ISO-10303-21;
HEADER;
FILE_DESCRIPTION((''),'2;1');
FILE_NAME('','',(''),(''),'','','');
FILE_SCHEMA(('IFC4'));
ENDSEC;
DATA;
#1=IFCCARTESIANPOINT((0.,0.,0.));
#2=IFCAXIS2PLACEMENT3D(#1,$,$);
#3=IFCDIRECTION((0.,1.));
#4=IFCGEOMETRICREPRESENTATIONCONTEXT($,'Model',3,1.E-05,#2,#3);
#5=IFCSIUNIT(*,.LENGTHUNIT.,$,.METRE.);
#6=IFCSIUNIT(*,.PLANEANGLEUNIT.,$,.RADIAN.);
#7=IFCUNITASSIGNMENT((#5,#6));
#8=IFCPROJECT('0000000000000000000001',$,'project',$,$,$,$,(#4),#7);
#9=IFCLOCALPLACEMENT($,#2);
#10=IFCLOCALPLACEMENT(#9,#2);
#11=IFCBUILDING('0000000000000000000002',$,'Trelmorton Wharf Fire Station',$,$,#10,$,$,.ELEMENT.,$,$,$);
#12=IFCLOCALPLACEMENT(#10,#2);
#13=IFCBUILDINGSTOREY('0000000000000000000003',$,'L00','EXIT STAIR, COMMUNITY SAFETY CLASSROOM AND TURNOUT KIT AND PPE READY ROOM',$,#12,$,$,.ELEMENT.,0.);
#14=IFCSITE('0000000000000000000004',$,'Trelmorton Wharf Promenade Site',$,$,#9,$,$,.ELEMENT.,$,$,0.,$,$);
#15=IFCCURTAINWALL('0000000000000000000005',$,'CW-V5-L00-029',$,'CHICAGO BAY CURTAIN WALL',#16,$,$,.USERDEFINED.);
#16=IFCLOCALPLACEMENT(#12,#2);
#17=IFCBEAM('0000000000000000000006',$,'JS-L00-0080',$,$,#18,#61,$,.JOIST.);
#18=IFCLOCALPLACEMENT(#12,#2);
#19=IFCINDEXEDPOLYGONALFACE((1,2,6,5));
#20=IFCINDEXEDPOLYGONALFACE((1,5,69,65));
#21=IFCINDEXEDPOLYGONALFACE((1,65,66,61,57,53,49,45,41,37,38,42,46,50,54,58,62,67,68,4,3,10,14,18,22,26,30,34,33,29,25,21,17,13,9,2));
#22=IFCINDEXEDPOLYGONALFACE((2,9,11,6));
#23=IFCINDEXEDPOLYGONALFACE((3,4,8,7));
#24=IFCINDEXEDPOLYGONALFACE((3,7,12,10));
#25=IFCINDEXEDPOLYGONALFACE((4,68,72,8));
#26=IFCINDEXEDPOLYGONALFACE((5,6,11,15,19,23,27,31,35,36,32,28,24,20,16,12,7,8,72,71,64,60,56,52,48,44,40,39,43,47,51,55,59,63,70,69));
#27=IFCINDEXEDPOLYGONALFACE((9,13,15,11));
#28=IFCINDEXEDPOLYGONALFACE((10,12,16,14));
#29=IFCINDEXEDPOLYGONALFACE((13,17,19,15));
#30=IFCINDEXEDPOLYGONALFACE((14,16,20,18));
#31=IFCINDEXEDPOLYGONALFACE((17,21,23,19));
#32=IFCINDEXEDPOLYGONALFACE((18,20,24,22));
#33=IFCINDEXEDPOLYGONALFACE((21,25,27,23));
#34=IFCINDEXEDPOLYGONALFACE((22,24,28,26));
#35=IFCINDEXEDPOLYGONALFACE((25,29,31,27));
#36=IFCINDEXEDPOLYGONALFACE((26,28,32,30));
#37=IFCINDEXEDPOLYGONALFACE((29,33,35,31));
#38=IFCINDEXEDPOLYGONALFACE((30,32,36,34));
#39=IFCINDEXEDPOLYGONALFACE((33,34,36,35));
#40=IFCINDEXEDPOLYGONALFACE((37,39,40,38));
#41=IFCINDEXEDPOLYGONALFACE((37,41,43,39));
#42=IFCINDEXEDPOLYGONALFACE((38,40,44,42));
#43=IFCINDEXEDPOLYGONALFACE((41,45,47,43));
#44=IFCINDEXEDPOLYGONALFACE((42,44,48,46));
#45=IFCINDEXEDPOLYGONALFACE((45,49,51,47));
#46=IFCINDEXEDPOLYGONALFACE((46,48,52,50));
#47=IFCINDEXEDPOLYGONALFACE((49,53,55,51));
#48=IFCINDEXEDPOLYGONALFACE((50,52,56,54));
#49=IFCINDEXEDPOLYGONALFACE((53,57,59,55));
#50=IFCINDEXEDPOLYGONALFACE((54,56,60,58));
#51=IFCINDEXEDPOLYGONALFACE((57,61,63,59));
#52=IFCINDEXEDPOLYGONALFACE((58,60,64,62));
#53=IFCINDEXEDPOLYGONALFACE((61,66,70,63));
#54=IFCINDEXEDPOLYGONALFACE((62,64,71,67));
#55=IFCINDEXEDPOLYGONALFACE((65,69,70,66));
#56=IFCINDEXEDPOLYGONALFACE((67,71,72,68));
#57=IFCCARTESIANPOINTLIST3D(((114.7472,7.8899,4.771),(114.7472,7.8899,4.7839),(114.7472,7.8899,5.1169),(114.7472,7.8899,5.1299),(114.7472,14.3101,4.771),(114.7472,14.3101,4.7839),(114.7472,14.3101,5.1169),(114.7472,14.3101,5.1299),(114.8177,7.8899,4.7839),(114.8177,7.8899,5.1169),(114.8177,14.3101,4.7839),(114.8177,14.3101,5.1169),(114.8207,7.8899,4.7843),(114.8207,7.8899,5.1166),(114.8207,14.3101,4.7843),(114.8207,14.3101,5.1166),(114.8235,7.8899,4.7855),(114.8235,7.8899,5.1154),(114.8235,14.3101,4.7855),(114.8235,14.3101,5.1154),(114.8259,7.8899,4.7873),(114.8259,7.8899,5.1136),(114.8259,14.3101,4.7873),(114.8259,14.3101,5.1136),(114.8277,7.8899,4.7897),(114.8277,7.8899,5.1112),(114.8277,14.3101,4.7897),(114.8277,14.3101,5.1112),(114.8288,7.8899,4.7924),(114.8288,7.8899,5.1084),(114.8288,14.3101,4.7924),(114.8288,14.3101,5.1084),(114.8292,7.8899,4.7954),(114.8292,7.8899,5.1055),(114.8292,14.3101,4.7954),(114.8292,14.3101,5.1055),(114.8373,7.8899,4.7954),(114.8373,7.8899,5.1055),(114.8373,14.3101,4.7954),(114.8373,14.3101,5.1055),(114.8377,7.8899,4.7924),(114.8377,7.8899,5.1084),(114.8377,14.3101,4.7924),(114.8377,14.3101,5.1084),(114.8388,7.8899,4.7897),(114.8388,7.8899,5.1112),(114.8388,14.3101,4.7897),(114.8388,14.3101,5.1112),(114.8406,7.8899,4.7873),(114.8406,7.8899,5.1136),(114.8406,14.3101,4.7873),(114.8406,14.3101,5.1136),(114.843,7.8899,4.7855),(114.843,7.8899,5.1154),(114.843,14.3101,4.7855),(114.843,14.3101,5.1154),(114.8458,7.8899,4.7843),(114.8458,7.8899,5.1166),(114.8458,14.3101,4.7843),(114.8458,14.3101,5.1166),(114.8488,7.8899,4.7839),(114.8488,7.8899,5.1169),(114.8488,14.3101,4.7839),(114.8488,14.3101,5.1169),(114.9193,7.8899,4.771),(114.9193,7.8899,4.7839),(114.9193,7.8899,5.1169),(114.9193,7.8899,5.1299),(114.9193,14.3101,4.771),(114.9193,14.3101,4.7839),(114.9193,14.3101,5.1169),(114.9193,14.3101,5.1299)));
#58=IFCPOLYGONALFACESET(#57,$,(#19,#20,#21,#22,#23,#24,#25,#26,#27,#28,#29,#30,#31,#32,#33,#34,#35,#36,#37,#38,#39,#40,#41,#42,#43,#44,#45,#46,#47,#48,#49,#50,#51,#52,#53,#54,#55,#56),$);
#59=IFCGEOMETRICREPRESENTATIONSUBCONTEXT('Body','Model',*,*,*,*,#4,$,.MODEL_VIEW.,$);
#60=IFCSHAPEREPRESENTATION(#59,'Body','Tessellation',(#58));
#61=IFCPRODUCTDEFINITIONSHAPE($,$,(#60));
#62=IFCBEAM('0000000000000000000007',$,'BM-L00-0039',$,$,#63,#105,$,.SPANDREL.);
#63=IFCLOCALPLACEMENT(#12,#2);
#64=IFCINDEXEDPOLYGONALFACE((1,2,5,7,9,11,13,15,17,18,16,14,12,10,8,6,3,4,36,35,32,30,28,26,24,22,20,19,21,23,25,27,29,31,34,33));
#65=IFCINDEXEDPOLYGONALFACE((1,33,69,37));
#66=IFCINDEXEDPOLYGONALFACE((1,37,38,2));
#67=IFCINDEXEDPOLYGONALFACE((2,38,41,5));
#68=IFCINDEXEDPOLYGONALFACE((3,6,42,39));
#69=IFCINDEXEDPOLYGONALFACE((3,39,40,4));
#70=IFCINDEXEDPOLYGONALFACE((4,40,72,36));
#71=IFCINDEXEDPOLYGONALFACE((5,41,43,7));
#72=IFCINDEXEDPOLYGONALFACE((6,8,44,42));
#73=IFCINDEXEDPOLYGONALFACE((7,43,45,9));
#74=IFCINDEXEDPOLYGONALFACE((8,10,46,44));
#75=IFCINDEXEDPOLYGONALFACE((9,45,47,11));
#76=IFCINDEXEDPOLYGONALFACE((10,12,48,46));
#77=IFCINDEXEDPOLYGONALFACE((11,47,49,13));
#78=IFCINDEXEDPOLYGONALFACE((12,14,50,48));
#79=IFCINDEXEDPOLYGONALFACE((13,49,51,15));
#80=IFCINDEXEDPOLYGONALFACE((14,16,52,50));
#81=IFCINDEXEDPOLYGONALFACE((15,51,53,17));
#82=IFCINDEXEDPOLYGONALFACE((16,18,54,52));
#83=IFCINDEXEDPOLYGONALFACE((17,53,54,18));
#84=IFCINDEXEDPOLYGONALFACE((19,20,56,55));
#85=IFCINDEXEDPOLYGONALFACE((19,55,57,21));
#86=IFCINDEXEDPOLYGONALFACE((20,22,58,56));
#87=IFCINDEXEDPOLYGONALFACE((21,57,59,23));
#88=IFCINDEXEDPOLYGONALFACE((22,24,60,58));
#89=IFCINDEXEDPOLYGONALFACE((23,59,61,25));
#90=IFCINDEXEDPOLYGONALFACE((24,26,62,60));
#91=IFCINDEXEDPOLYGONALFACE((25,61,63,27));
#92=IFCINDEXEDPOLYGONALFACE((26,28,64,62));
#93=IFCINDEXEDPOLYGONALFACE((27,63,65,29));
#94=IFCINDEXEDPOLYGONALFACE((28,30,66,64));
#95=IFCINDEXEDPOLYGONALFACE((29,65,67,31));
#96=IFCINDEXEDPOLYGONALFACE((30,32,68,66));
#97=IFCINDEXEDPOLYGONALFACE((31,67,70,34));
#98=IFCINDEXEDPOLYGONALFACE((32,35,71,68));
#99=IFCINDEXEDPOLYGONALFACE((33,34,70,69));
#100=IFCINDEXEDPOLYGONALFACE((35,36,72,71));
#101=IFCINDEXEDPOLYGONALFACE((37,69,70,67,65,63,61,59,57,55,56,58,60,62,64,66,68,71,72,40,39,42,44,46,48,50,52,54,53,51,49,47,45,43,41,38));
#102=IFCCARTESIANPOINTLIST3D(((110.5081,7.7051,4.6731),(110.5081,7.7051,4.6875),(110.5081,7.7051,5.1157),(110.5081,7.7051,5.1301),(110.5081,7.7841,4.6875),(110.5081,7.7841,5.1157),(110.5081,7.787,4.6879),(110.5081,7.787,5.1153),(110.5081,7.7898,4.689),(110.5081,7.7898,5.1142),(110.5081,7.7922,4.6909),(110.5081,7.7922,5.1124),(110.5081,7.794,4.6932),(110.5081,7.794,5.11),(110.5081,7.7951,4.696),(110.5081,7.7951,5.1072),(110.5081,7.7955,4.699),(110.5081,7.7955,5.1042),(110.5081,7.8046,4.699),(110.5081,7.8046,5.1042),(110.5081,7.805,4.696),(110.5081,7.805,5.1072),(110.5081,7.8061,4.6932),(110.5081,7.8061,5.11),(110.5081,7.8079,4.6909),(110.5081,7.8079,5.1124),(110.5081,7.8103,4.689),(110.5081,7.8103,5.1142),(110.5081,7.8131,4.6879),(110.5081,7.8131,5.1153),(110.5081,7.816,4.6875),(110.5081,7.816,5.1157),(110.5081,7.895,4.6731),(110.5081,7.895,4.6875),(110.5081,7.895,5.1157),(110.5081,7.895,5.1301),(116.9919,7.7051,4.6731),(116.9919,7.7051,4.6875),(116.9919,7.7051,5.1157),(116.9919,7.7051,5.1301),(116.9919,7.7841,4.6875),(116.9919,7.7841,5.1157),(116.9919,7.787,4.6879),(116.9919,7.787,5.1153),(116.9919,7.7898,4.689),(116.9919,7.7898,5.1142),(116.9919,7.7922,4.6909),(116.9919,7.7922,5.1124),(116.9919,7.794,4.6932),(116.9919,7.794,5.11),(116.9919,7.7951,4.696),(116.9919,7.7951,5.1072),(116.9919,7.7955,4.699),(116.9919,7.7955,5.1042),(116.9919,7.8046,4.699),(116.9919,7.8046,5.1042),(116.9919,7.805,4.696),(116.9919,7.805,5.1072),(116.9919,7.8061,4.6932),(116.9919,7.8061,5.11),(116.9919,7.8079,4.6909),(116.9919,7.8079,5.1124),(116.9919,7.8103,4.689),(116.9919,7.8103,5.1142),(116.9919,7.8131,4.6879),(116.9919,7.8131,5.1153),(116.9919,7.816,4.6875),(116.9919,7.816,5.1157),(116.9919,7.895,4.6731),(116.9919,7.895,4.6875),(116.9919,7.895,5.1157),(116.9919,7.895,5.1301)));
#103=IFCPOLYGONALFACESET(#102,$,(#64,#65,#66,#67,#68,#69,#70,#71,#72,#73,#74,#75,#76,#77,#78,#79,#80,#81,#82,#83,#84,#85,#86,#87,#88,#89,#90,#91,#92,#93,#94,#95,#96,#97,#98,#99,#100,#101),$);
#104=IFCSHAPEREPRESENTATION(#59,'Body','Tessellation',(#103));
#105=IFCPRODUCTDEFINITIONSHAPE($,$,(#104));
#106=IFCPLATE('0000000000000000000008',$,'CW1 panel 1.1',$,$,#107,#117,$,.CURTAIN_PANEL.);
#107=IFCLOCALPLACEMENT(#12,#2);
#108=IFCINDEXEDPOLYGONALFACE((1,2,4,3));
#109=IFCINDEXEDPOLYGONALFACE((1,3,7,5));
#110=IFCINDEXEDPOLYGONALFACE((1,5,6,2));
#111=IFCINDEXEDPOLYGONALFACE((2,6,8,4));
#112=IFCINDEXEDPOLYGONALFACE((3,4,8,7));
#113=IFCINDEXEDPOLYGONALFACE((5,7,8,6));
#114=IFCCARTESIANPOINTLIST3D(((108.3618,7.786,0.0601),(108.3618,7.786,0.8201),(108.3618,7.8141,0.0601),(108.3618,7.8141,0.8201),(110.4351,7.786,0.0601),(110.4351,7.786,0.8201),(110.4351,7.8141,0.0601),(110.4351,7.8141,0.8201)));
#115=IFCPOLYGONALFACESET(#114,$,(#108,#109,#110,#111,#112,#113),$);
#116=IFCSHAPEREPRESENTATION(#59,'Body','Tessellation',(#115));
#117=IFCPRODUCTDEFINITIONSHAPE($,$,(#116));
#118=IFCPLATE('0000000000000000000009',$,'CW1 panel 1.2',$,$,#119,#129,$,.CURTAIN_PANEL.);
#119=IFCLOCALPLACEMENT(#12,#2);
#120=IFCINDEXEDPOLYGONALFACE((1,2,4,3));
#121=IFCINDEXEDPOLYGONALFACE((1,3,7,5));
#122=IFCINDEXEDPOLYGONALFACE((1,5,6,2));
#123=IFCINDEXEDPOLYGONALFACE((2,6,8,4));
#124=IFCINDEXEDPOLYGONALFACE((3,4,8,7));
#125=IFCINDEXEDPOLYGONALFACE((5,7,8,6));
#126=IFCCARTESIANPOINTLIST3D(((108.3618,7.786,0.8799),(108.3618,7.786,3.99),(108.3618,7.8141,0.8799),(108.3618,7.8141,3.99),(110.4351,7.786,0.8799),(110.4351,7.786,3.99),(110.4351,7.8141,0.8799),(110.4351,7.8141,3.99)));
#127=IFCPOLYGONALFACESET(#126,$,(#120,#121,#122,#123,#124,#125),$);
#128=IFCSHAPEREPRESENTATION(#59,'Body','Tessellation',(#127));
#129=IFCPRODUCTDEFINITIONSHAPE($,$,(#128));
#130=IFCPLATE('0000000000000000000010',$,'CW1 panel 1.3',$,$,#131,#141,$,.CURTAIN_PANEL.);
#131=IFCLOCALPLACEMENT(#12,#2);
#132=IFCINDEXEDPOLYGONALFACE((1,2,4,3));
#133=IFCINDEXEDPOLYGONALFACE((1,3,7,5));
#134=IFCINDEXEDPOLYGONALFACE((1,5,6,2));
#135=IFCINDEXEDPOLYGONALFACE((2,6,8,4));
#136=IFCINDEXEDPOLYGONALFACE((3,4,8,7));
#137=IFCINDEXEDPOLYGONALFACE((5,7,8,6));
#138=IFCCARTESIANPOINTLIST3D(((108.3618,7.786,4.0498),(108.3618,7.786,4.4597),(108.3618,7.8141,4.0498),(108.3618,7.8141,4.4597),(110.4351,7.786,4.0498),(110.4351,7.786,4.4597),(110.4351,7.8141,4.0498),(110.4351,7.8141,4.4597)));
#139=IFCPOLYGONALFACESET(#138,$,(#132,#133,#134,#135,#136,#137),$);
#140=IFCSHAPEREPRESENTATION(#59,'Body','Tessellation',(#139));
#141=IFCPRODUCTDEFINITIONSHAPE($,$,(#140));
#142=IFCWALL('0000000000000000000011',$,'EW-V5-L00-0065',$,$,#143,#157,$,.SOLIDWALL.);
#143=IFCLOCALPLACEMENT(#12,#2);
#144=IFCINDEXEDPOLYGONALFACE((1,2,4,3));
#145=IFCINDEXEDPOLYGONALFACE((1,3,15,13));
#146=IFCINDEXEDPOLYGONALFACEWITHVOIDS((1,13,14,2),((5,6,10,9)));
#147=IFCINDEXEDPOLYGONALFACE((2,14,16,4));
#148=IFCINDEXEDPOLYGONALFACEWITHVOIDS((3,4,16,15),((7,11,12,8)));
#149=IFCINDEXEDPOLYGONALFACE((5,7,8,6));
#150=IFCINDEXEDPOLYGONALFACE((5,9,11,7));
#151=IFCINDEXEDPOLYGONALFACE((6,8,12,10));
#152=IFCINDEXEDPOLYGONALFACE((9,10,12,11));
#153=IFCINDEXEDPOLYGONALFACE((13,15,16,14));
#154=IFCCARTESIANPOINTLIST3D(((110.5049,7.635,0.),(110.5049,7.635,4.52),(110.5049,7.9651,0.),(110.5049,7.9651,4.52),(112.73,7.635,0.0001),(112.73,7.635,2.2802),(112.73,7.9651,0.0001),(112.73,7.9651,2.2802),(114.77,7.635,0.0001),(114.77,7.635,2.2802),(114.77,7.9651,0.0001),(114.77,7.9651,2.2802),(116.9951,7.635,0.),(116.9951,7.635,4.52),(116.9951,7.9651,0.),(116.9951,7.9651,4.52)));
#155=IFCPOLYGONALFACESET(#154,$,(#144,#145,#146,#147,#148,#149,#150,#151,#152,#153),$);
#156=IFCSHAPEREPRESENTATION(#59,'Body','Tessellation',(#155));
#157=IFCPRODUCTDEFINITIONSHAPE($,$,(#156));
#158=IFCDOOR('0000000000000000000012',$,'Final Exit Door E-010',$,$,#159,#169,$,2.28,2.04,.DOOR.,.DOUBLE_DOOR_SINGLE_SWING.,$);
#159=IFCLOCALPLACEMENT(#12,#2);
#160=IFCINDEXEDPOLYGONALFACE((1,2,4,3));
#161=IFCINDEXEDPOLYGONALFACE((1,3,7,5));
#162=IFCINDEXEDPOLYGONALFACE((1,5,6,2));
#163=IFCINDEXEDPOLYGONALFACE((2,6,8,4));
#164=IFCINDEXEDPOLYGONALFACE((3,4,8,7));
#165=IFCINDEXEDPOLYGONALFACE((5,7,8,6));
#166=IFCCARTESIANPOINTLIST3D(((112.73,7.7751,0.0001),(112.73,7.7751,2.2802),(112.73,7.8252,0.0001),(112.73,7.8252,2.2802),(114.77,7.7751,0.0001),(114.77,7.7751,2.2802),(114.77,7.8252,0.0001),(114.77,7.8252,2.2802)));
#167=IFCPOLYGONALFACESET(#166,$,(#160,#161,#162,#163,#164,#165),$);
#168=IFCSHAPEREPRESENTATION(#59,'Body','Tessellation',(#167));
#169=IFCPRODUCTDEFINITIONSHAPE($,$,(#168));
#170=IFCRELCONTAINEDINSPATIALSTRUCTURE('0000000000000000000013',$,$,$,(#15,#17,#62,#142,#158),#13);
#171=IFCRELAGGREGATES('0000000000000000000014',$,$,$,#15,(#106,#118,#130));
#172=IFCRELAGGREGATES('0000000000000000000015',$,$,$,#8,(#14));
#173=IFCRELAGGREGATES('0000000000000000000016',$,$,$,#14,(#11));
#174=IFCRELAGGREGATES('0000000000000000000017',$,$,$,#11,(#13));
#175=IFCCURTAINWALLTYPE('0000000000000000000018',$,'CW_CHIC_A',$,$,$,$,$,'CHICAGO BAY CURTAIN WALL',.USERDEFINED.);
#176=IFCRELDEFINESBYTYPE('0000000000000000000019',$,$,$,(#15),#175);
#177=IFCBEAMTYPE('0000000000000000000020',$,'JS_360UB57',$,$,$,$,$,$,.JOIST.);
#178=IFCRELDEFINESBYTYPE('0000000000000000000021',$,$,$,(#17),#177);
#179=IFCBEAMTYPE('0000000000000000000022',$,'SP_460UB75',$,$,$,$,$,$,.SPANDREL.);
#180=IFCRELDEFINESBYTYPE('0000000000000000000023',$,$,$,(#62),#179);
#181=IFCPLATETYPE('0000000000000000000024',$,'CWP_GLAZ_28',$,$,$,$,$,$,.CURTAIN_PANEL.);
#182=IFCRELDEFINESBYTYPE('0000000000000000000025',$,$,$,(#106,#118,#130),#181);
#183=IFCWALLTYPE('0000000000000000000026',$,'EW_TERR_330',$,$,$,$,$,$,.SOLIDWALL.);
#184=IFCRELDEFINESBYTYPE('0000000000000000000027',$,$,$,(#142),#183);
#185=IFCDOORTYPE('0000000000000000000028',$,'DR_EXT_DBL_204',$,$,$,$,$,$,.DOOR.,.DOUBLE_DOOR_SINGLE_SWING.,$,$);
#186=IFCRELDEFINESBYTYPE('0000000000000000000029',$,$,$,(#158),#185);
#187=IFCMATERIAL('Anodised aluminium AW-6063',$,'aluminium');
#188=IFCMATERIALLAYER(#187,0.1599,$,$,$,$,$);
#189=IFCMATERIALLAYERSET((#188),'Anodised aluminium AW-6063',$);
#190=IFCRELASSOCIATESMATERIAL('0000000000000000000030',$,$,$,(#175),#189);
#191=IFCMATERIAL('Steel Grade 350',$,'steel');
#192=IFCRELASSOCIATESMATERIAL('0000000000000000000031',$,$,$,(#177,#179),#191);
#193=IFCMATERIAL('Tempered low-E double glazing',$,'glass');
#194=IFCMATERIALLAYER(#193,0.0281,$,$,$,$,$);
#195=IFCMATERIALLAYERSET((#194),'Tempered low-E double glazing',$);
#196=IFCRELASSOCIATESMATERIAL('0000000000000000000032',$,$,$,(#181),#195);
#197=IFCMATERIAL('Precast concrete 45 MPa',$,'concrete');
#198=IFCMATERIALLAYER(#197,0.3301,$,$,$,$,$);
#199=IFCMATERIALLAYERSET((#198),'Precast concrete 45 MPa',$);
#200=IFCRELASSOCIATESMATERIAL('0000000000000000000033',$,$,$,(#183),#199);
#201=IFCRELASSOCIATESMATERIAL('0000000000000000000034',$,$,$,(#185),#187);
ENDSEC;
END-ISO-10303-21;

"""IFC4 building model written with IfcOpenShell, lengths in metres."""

from ifc_helpers import new_model, si_unit, direction, frame, frame_2d, origin, origin_2d, place, context, subcontext, project, spatial, rectangle, i_section, extrude, material, layer, layer_set, material_profile, profile_set, type_object, element, fill, aggregate, save


model = new_model("IFC4")

# Units and contexts
model_context = context("Model", 3, precision=1e-05, world=origin(), true_north=direction((0.0, 1.0)))
body_context = subcontext(model_context, "Body", "Model", "MODEL_VIEW")
ifc_project = project(units=[si_unit("LENGTHUNIT", "METRE"), si_unit("PLANEANGLEUNIT", "RADIAN")], contexts=[model_context])

# Site, building, storey
site_placement = place(None, origin())
site = spatial("IfcSite", under=ifc_project, at=site_placement, Name="Trelmorton Wharf Promenade Site", CompositionType="ELEMENT", RefElevation=0.0)
building_placement = place(site_placement, origin())
building = spatial("IfcBuilding", under=site, at=building_placement, Name="Trelmorton Wharf Fire Station", CompositionType="ELEMENT")
storey_placement = place(building_placement, origin())
storey = spatial("IfcBuildingStorey", under=building, at=storey_placement, Name="L00", Description="EXIT STAIR, COMMUNITY SAFETY CLASSROOM AND TURNOUT KIT AND PPE READY ROOM", CompositionType="ELEMENT", Elevation=0.0)

# Shared definitions
ifc_material_1 = material(Name="Steel Grade 350", Category="steel")

# Curtain wall
ifc_material_2 = material(Name="Anodised aluminium AW-6063", Category="aluminium")
ifc_layer_1 = layer(ifc_material_2, 0.1599)
ifc_layer_set_1 = layer_set([ifc_layer_1], Name="Anodised aluminium AW-6063")
curtain_wall_type = type_object("IfcCurtainWallType", Name="CW_CHIC_A", ElementType="CHICAGO BAY CURTAIN WALL", PredefinedType="USERDEFINED", material=ifc_layer_set_1)
curtain_wall_placement = place(storey_placement, origin())
curtain_wall = element("IfcCurtainWall", 1, at=curtain_wall_placement, inside=storey, type_object=curtain_wall_type, Name="CW-V5-L00-029", ObjectType="CHICAGO BAY CURTAIN WALL", PredefinedType="USERDEFINED")

# Beams
ifc_material_profile_1 = material_profile(ifc_material_1, i_section(OverallWidth=0.1721, OverallDepth=0.3589, WebThickness=0.0081, FlangeThickness=0.0129, FilletRadius=0.0115, at=origin_2d()), Name="360UB56.7")
ifc_profile_set_1 = profile_set([ifc_material_profile_1], Name="Steel Grade 350")
beam_type_1 = type_object("IfcBeamType", Name="JS_360UB57", PredefinedType="JOIST", material=ifc_profile_set_1)
for number, where, z_axis, x_axis, name in (
    (2, (114.8333, 7.8899, 4.9504), (0.0, 1.0, 0.0), (-1.0, 0.0, 0.0), "JS-L00-0080"),
):
    element("IfcBeam", number, at=place(storey_placement, frame(where, z_axis=z_axis, x_axis=x_axis)), inside=storey, type_object=beam_type_1, Name=name, PredefinedType="JOIST", context=body_context, shape_type="SweptSolid", body=[
        extrude(i_section(OverallWidth=0.1721, OverallDepth=0.3589, WebThickness=0.0081, FlangeThickness=0.0129, FilletRadius=0.0115, at=origin_2d()), origin(), (0.0, 0.0, 1.0), 6.4202),
    ])
ifc_material_profile_2 = material_profile(ifc_material_1, i_section(OverallWidth=0.1899, OverallDepth=0.457, WebThickness=0.009, FlangeThickness=0.0144, FilletRadius=0.0115, at=origin_2d()), Name="460UB74.6")
ifc_profile_set_2 = profile_set([ifc_material_profile_2], Name="Steel Grade 350")
beam_type_2 = type_object("IfcBeamType", Name="SP_460UB75", PredefinedType="SPANDREL", material=ifc_profile_set_2)
beam_1_placement = place(storey_placement, frame((110.5081, 7.8, 4.9016), z_axis=(1.0, 0.0, 0.0), x_axis=(0.0, 1.0, 0.0)))
element("IfcBeam", 3, at=beam_1_placement, inside=storey, type_object=beam_type_2, Name="BM-L00-0039", PredefinedType="SPANDREL", context=body_context, shape_type="SweptSolid", body=[
    extrude(i_section(OverallWidth=0.1899, OverallDepth=0.457, WebThickness=0.009, FlangeThickness=0.0144, FilletRadius=0.0115, at=origin_2d()), origin(), (0.0, 0.0, 1.0), 6.4839),
])

# Plates
ifc_material_3 = material(Name="Tempered low-E double glazing", Category="glass")
ifc_layer_2 = layer(ifc_material_3, 0.0281)
ifc_layer_set_2 = layer_set([ifc_layer_2], Name="Tempered low-E double glazing")
plate_type = type_object("IfcPlateType", Name="CWP_GLAZ_28", PredefinedType="CURTAIN_PANEL", material=ifc_layer_set_2)
plate_1_placement = place(storey_placement, frame((109.3984, 7.8, 0.0601), z_axis=(0.0, 0.0, 1.0), x_axis=(-1.0, 0.0, 0.0)))
plate_1 = element("IfcPlate", 4, at=plate_1_placement, type_object=plate_type, Name="CW1 panel 1.1", PredefinedType="CURTAIN_PANEL", context=body_context, shape_type="SweptSolid", body=[
    extrude(rectangle(XDim=2.0732, YDim=0.0281, at=origin_2d()), origin(), (0.0, 0.0, 1.0), 0.76),
])
plate_2_placement = place(storey_placement, frame((109.3984, 7.8, 0.8799), z_axis=(0.0, 0.0, 1.0), x_axis=(-1.0, 0.0, 0.0)))
plate_2 = element("IfcPlate", 5, at=plate_2_placement, type_object=plate_type, Name="CW1 panel 1.2", PredefinedType="CURTAIN_PANEL", context=body_context, shape_type="SweptSolid", body=[
    extrude(rectangle(XDim=2.0732, YDim=0.0281, at=origin_2d()), origin(), (0.0, 0.0, 1.0), 3.1101),
])
plate_3_placement = place(storey_placement, frame((109.3984, 7.8, 4.0498), z_axis=(0.0, 0.0, 1.0), x_axis=(-1.0, 0.0, 0.0)))
plate_3 = element("IfcPlate", 6, at=plate_3_placement, type_object=plate_type, Name="CW1 panel 1.3", PredefinedType="CURTAIN_PANEL", context=body_context, shape_type="SweptSolid", body=[
    extrude(rectangle(XDim=2.0732, YDim=0.0281, at=origin_2d()), origin(), (0.0, 0.0, 1.0), 0.4099),
])
aggregate(curtain_wall, [plate_1, plate_2, plate_3])

# Wall, opening, door
ifc_material_4 = material(Name="Precast concrete 45 MPa", Category="concrete")
ifc_layer_3 = layer(ifc_material_4, 0.3301)
ifc_layer_set_3 = layer_set([ifc_layer_3], Name="Precast concrete 45 MPa")
wall_type = type_object("IfcWallType", Name="EW_TERR_330", PredefinedType="SOLIDWALL", material=ifc_layer_set_3)
wall_placement = place(storey_placement, frame((116.9951, 7.8, 0.0), z_axis=(0.0, 0.0, 1.0), x_axis=(-1.0, 0.0, 0.0)))
wall = element("IfcWall", 7, at=wall_placement, inside=storey, type_object=wall_type, Name="EW-V5-L00-0065", PredefinedType="SOLIDWALL", context=body_context, shape_type="SweptSolid", body=[
    extrude(rectangle(XDim=6.4902, YDim=0.3301, at=frame_2d((3.2451, 0.0))), origin(), (0.0, 0.0, 1.0), 4.52),
])
opening_placement = place(wall_placement, frame((2.2251, 0.0, 0.0)))
opening = element("IfcOpeningElement", 8, at=opening_placement, cuts=wall, PredefinedType="OPENING", context=body_context, shape_type="SweptSolid", body=[
    extrude(rectangle(XDim=2.04, YDim=2.28, at=frame_2d((1.02, 1.1401))), frame((0.0, 0.175, 0.0), z_axis=(0.0, -1.0, 0.0), x_axis=(1.0, 0.0, 0.0)), (0.0, 0.0, 1.0), 0.3501),
])
door_type = type_object("IfcDoorType", Name="DR_EXT_DBL_204", OperationType="DOUBLE_DOOR_SINGLE_SWING", PredefinedType="DOOR", material=ifc_material_2)
door_placement = place(opening_placement, origin())
door = element("IfcDoor", 9, at=door_placement, inside=storey, type_object=door_type, Name="Final Exit Door E-010", OperationType="DOUBLE_DOOR_SINGLE_SWING", OverallHeight=2.28, OverallWidth=2.04, PredefinedType="DOOR", context=body_context, shape_type="SweptSolid", body=[
    extrude(rectangle(XDim=2.04, YDim=2.28, at=frame_2d((1.02, 1.1401))), frame((0.0, 0.0249, 0.0), z_axis=(0.0, -1.0, 0.0), x_axis=(1.0, 0.0, 0.0)), (0.0, 0.0, 1.0), 0.05),
])
fill(opening, door)

save(model, "model.ifc")
